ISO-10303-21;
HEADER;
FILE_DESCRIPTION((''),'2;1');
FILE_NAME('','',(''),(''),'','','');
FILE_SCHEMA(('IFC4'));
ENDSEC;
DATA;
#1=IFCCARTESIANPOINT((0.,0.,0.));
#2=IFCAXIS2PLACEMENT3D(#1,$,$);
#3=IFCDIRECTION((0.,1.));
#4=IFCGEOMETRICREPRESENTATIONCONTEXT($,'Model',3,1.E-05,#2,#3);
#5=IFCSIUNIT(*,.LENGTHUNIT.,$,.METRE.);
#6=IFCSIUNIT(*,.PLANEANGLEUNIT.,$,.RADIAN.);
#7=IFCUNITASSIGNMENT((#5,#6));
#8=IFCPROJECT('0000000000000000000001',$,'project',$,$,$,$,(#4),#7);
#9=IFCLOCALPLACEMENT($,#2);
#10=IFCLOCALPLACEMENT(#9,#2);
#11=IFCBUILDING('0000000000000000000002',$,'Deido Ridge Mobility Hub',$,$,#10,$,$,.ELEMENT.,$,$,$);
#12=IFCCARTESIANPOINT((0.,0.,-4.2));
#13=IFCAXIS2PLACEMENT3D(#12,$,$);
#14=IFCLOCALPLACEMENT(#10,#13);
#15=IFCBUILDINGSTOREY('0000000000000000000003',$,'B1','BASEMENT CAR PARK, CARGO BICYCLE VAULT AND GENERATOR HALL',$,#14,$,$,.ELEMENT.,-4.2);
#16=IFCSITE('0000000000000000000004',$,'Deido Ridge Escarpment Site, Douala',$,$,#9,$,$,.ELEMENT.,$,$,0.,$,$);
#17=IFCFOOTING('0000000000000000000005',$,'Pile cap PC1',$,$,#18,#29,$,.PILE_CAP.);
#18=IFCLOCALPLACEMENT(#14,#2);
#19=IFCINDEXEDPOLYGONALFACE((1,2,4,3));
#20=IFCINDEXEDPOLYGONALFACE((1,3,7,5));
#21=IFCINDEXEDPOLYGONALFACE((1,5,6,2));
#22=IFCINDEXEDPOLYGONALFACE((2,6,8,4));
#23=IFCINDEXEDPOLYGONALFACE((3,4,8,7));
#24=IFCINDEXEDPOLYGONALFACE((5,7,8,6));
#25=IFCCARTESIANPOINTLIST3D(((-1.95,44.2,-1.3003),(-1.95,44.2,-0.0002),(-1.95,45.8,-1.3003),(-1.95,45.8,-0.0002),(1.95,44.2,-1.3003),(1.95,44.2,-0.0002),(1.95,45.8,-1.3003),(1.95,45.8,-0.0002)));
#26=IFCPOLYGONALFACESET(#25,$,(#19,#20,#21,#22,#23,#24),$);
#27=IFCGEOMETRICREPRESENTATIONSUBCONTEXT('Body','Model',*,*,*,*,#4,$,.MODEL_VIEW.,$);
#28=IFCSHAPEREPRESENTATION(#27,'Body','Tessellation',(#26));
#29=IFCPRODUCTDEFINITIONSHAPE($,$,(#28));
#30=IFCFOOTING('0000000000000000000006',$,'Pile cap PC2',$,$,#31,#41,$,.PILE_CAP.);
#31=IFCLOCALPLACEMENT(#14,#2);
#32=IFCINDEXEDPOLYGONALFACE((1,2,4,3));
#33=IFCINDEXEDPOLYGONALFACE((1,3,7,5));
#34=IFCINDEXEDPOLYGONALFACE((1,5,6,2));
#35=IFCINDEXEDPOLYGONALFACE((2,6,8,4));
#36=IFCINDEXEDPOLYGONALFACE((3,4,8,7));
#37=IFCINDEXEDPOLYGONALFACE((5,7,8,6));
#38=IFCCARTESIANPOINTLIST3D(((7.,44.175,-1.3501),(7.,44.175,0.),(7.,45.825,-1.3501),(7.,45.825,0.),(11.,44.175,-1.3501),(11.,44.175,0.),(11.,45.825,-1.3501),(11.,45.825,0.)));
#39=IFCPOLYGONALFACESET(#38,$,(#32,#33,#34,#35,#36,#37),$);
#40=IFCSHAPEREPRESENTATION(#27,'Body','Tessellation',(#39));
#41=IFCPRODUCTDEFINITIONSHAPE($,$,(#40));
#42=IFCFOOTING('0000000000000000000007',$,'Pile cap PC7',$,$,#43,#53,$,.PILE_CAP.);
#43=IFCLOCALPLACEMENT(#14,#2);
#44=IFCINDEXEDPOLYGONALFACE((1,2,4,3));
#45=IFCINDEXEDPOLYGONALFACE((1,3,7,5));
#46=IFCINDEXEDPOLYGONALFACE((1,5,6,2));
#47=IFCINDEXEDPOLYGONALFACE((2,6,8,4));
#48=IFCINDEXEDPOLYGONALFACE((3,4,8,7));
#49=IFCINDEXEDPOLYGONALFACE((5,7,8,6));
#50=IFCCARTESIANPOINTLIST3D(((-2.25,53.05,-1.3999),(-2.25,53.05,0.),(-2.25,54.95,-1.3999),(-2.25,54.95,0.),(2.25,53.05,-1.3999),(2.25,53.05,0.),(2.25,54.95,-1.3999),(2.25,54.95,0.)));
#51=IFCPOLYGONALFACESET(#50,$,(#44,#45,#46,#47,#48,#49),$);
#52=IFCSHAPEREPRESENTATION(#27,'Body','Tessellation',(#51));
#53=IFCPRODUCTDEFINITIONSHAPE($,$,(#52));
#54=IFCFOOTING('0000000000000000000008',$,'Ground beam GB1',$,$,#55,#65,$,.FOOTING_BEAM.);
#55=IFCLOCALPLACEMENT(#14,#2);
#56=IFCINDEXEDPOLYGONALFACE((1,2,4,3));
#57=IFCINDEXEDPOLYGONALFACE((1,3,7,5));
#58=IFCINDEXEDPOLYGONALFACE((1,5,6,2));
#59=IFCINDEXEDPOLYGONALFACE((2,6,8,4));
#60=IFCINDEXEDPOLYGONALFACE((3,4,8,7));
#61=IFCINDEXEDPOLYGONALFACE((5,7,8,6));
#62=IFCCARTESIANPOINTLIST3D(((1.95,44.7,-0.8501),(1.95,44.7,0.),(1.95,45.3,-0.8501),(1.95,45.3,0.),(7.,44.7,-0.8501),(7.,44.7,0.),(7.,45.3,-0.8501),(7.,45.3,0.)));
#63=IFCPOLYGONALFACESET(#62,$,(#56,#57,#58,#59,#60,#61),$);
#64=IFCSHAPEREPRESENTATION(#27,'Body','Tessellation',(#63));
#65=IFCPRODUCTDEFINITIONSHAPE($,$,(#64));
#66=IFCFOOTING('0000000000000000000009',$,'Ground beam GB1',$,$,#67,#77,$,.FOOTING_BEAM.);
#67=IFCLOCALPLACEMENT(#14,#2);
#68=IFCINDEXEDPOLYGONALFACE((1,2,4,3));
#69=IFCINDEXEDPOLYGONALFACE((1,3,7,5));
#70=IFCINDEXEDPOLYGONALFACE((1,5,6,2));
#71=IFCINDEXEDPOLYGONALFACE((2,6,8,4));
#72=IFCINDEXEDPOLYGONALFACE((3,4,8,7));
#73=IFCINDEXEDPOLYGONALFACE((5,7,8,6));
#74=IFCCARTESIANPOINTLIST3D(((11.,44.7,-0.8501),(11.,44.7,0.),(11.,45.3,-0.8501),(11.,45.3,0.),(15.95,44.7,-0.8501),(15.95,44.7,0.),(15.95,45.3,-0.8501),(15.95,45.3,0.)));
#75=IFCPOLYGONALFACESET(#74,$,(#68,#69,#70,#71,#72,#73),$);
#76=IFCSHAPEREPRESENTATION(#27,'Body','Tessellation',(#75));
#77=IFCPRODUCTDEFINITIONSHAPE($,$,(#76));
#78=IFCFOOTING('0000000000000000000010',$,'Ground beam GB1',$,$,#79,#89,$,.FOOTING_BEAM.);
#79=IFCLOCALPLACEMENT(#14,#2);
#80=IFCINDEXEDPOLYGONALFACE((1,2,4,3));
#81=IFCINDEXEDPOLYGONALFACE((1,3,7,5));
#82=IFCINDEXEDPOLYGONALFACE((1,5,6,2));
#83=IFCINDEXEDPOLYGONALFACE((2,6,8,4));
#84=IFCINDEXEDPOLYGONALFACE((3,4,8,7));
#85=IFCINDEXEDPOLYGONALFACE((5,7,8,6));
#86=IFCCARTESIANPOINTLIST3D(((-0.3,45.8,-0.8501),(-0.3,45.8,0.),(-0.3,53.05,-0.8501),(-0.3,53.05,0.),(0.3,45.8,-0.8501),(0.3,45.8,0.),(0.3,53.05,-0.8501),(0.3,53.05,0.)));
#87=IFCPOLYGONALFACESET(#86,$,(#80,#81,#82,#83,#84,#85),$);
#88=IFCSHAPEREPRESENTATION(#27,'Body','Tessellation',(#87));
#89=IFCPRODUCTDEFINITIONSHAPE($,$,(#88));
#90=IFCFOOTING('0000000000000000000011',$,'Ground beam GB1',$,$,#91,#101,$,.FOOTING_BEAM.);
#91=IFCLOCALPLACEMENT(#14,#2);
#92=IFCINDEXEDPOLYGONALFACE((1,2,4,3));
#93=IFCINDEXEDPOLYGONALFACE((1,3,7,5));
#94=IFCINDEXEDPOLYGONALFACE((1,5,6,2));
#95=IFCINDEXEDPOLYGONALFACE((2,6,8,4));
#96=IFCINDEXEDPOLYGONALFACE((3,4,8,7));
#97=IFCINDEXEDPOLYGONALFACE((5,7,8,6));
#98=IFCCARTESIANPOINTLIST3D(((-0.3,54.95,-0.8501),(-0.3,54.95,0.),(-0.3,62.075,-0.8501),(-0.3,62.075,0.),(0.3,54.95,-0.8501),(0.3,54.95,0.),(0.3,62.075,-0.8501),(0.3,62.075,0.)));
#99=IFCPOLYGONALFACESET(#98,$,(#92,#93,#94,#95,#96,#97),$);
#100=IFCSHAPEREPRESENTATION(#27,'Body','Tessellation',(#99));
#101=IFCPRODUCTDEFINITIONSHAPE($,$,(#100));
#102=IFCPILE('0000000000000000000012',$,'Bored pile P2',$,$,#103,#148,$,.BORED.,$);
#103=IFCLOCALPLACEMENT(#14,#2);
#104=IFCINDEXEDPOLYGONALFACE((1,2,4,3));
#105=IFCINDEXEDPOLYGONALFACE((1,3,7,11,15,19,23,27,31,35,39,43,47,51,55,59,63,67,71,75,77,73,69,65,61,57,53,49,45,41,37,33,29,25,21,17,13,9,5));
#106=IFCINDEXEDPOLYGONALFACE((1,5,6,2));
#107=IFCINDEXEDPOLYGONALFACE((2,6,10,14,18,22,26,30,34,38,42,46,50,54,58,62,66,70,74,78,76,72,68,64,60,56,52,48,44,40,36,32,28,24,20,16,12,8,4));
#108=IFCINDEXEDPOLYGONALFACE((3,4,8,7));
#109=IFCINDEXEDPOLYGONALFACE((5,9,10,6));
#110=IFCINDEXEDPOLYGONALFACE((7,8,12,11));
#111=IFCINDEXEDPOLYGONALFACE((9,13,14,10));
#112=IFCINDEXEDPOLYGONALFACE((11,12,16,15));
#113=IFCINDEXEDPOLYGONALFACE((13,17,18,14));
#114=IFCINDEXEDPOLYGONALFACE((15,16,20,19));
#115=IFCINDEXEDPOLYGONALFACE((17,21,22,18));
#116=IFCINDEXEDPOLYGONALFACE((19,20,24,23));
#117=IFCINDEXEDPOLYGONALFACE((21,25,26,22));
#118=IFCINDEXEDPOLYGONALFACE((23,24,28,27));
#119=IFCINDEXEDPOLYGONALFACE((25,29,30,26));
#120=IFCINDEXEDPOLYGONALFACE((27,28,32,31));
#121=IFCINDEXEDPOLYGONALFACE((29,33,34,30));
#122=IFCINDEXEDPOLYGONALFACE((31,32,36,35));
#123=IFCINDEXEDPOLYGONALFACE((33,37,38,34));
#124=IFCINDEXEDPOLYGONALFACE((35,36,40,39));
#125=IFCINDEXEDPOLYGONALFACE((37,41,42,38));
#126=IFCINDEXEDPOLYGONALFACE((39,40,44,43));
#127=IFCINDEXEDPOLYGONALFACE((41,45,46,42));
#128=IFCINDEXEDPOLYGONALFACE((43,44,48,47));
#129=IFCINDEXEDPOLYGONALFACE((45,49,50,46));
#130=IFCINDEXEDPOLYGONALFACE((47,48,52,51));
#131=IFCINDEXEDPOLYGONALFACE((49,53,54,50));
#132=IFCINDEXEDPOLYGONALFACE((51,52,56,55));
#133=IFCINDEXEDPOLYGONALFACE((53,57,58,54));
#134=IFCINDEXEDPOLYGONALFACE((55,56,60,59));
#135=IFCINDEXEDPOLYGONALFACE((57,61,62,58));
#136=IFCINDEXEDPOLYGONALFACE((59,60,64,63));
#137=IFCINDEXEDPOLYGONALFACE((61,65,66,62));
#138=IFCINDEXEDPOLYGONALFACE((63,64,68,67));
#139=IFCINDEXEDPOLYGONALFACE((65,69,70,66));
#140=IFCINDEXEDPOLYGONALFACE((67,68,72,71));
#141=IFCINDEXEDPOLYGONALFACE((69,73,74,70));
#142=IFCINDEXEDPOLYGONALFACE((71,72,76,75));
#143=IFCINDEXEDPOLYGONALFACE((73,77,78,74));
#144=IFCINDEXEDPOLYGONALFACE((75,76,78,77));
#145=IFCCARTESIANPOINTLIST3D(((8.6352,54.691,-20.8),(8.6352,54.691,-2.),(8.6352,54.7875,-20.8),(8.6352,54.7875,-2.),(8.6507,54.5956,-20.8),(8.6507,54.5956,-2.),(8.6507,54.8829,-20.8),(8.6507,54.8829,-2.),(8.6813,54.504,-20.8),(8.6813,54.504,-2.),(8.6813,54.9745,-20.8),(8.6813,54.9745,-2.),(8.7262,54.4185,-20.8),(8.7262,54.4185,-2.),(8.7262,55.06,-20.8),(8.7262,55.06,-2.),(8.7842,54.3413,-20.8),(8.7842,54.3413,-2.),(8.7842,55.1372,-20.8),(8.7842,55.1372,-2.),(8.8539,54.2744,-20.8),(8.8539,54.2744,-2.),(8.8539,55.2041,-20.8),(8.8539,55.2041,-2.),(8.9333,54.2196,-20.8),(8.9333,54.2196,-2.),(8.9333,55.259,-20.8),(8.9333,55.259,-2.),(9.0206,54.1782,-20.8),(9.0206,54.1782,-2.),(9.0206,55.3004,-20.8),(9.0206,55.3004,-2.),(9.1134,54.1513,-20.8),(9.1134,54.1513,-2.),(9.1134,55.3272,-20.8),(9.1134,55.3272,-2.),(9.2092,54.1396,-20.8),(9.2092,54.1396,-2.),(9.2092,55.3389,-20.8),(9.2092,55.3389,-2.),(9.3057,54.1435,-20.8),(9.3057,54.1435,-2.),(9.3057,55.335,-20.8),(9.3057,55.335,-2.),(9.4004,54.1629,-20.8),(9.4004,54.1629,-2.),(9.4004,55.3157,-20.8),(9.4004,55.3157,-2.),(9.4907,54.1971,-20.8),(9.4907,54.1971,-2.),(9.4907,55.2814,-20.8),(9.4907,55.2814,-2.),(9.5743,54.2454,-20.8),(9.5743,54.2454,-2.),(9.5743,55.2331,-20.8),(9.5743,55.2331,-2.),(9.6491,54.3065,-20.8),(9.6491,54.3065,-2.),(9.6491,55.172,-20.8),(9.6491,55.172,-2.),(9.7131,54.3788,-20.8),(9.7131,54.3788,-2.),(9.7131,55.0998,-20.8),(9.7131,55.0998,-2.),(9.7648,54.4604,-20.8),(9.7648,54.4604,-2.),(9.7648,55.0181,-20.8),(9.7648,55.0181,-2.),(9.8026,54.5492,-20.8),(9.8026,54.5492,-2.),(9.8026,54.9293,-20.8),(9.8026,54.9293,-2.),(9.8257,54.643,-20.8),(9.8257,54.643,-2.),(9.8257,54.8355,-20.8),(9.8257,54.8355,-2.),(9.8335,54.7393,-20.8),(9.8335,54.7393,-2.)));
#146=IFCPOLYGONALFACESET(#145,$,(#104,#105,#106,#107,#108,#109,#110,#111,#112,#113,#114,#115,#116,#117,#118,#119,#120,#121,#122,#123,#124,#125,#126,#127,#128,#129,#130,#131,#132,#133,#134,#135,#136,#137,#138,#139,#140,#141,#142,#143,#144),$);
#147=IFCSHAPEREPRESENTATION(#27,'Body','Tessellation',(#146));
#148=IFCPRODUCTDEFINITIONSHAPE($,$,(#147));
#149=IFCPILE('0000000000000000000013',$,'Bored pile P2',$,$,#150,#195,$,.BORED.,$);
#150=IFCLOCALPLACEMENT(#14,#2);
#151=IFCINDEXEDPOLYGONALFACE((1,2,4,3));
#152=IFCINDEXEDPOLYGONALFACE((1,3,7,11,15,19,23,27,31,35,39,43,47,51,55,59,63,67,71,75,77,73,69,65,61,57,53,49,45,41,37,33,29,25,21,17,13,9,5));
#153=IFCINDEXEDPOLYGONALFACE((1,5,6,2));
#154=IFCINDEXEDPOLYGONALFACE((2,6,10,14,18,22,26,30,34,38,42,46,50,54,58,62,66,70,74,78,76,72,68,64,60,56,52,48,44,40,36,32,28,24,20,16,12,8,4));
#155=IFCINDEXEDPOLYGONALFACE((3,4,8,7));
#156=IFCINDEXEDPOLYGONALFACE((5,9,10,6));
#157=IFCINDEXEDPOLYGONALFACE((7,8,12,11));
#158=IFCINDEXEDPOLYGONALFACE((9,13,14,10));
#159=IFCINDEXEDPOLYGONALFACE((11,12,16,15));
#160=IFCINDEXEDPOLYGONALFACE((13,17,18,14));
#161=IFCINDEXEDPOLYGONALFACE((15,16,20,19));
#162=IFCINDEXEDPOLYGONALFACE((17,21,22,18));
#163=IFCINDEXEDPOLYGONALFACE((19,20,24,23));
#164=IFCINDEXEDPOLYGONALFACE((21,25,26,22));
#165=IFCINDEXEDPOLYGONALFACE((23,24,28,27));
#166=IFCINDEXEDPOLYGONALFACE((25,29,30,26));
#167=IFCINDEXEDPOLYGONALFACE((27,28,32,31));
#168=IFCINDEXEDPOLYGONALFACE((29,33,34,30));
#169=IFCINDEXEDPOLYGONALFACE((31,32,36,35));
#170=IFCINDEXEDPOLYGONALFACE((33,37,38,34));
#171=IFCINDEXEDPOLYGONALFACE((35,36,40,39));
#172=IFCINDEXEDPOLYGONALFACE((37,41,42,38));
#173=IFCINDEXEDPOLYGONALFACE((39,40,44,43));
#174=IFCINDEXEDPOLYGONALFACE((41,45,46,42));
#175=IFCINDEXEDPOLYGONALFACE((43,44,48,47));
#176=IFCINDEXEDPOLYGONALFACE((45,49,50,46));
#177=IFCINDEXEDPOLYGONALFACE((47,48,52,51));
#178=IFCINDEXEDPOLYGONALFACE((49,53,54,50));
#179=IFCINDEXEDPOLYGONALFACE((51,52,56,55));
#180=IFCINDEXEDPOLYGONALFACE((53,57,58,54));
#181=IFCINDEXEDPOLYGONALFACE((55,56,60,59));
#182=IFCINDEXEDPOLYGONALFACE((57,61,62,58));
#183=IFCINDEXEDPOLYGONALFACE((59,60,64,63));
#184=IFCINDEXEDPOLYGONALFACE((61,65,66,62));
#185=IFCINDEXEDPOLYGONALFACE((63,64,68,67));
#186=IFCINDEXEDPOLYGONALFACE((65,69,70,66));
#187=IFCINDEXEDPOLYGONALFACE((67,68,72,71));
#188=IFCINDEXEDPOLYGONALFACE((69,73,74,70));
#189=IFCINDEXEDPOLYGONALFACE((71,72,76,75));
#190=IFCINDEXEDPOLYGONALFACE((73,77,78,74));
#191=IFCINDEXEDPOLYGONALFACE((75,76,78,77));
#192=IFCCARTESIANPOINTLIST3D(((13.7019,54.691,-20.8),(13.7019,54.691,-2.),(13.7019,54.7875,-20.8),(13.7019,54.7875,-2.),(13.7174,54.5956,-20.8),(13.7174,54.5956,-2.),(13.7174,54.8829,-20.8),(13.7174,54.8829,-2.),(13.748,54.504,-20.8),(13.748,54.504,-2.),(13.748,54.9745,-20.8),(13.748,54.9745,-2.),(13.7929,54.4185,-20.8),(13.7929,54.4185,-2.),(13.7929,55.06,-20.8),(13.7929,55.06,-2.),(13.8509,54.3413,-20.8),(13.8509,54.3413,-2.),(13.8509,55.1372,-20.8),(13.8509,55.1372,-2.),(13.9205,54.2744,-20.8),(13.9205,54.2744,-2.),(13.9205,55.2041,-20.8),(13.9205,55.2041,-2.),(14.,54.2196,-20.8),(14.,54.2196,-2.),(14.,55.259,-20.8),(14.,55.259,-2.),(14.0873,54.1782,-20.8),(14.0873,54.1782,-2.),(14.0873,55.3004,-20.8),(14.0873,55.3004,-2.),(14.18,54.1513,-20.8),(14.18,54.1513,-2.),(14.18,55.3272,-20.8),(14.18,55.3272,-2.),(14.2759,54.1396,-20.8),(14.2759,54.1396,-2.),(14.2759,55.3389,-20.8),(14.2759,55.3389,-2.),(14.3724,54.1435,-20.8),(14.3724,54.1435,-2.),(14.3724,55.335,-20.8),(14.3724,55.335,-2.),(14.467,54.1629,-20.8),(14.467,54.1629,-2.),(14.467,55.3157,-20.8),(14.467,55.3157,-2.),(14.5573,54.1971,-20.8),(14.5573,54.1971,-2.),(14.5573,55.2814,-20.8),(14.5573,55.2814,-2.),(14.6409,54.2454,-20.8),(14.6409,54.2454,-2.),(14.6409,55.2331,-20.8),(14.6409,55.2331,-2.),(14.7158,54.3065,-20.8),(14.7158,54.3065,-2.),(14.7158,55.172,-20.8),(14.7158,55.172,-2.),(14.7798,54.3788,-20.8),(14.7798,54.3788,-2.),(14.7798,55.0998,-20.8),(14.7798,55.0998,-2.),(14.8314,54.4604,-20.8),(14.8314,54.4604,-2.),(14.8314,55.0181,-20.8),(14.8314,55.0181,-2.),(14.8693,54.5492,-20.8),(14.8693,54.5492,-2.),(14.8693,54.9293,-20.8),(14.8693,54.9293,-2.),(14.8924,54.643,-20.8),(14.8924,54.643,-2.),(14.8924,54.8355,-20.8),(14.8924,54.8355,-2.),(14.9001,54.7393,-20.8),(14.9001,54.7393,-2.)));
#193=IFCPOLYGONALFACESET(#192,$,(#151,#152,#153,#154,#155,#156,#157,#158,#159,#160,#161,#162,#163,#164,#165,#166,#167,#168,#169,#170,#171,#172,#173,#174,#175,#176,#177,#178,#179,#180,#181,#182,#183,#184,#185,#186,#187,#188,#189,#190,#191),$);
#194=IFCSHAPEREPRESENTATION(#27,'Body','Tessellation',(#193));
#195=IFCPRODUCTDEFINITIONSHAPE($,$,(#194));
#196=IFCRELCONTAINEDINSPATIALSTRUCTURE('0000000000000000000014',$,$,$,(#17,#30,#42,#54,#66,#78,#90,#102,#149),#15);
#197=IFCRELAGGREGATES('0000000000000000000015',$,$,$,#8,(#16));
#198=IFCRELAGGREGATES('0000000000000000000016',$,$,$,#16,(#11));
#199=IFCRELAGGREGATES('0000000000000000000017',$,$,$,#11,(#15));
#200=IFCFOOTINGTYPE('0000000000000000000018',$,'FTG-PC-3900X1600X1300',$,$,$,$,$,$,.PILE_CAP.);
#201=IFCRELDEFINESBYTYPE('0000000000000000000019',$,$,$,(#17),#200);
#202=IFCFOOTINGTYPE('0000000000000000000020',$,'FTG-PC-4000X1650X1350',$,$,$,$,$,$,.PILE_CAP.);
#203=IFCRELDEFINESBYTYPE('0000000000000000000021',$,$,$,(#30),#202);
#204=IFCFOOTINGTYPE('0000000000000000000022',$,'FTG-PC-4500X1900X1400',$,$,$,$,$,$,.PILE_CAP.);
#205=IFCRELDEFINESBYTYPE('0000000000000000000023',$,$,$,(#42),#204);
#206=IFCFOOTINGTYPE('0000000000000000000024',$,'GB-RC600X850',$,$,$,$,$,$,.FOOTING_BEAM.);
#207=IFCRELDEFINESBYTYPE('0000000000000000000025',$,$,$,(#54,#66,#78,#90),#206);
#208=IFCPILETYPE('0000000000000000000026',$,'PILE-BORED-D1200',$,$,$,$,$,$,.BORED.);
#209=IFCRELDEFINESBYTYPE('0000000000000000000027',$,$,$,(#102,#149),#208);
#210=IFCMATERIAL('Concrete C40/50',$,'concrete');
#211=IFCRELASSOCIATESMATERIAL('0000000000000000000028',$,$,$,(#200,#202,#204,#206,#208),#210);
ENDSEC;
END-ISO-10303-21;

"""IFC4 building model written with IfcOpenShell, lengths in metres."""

from ifc_helpers import new_model, si_unit, direction, frame, origin, origin_2d, place, context, subcontext, project, spatial, rectangle, circle, extrude, material, material_profile, profile_set, type_object, element, save


model = new_model("IFC4")

# Units and contexts
model_context = context("Model", 3, precision=1e-05, world=origin(), true_north=direction((0.0, 1.0)))
body_context = subcontext(model_context, "Body", "Model", "MODEL_VIEW")
ifc_project = project(units=[si_unit("LENGTHUNIT", "METRE"), si_unit("PLANEANGLEUNIT", "RADIAN")], contexts=[model_context])

# Site, building, storey
site_placement = place(None, origin())
site = spatial("IfcSite", under=ifc_project, at=site_placement, Name="Deido Ridge Escarpment Site, Douala", CompositionType="ELEMENT", RefElevation=0.0)
building_placement = place(site_placement, origin())
building = spatial("IfcBuilding", under=site, at=building_placement, Name="Deido Ridge Mobility Hub", CompositionType="ELEMENT")
storey_placement = place(building_placement, frame((0.0, 0.0, -4.2)))
storey = spatial("IfcBuildingStorey", under=building, at=storey_placement, Name="B1", Description="BASEMENT CAR PARK, CARGO BICYCLE VAULT AND GENERATOR HALL", CompositionType="ELEMENT", Elevation=-4.2)

# Footings
ifc_material_1 = material(Name="Concrete C40/50", Category="concrete")
footing_type_1 = type_object("IfcFootingType", Name="FTG-PC-3900X1600X1300", PredefinedType="PILE_CAP", material=ifc_material_1)
footing_1_placement = place(storey_placement, frame((0.0, 45.0, -1.3003), z_axis=(0.0, 0.0, 1.0), x_axis=(1.0, 0.0, 0.0)))
element("IfcFooting", 1, at=footing_1_placement, inside=storey, type_object=footing_type_1, Name="Pile cap PC1", PredefinedType="PILE_CAP", context=body_context, shape_type="SweptSolid", body=[
    extrude(rectangle(XDim=3.8999, YDim=1.6001, at=origin_2d()), origin(), (0.0, 0.0, 1.0), 1.3),
])
footing_type_2 = type_object("IfcFootingType", Name="FTG-PC-4000X1650X1350", PredefinedType="PILE_CAP", material=ifc_material_1)
footing_2_placement = place(storey_placement, frame((9.0, 45.0, -1.3501), z_axis=(0.0, 0.0, 1.0), x_axis=(1.0, 0.0, 0.0)))
element("IfcFooting", 2, at=footing_2_placement, inside=storey, type_object=footing_type_2, Name="Pile cap PC2", PredefinedType="PILE_CAP", context=body_context, shape_type="SweptSolid", body=[
    extrude(rectangle(XDim=4.0, YDim=1.6499, at=origin_2d()), origin(), (0.0, 0.0, 1.0), 1.3501),
])
footing_type_3 = type_object("IfcFootingType", Name="FTG-PC-4500X1900X1400", PredefinedType="PILE_CAP", material=ifc_material_1)
footing_3_placement = place(storey_placement, frame((0.0, 54.0, -1.3999), z_axis=(0.0, 0.0, 1.0), x_axis=(1.0, 0.0, 0.0)))
element("IfcFooting", 3, at=footing_3_placement, inside=storey, type_object=footing_type_3, Name="Pile cap PC7", PredefinedType="PILE_CAP", context=body_context, shape_type="SweptSolid", body=[
    extrude(rectangle(XDim=4.5, YDim=1.8999, at=origin_2d()), origin(), (0.0, 0.0, 1.0), 1.3999),
])
ifc_material_profile_1 = material_profile(ifc_material_1, rectangle(XDim=0.6001, YDim=0.8501, at=origin_2d()), Name="RC GB 600x850")
ifc_profile_set_1 = profile_set([ifc_material_profile_1], Name="Concrete C40/50")
footing_type_4 = type_object("IfcFootingType", Name="GB-RC600X850", PredefinedType="FOOTING_BEAM", material=ifc_profile_set_1)
footing_4_placement = place(storey_placement, frame((1.95, 45.0, -0.425), z_axis=(1.0, 0.0, 0.0), x_axis=(0.0, 1.0, 0.0)))
element("IfcFooting", 4, at=footing_4_placement, inside=storey, type_object=footing_type_4, Name="Ground beam GB1", PredefinedType="FOOTING_BEAM", context=body_context, shape_type="SweptSolid", body=[
    extrude(rectangle(XDim=0.6001, YDim=0.8501, at=origin_2d()), origin(), (0.0, 0.0, 1.0), 5.05),
])
footing_5_placement = place(storey_placement, frame((11.0, 45.0, -0.425), z_axis=(1.0, 0.0, 0.0), x_axis=(0.0, 1.0, 0.0)))
element("IfcFooting", 5, at=footing_5_placement, inside=storey, type_object=footing_type_4, Name="Ground beam GB1", PredefinedType="FOOTING_BEAM", context=body_context, shape_type="SweptSolid", body=[
    extrude(rectangle(XDim=0.6001, YDim=0.8501, at=origin_2d()), origin(), (0.0, 0.0, 1.0), 4.95),
])
footing_6_placement = place(storey_placement, frame((0.0, 45.8, -0.425), z_axis=(0.0, 1.0, 0.0), x_axis=(-1.0, 0.0, 0.0)))
element("IfcFooting", 6, at=footing_6_placement, inside=storey, type_object=footing_type_4, Name="Ground beam GB1", PredefinedType="FOOTING_BEAM", context=body_context, shape_type="SweptSolid", body=[
    extrude(rectangle(XDim=0.6001, YDim=0.8501, at=origin_2d()), origin(), (0.0, 0.0, 1.0), 7.25),
])
footing_7_placement = place(storey_placement, frame((0.0, 54.95, -0.425), z_axis=(0.0, 1.0, 0.0), x_axis=(-1.0, 0.0, 0.0)))
element("IfcFooting", 7, at=footing_7_placement, inside=storey, type_object=footing_type_4, Name="Ground beam GB1", PredefinedType="FOOTING_BEAM", context=body_context, shape_type="SweptSolid", body=[
    extrude(rectangle(XDim=0.6001, YDim=0.8501, at=origin_2d()), origin(), (0.0, 0.0, 1.0), 7.125),
])

# Piles
ifc_material_profile_2 = material_profile(ifc_material_1, circle(Radius=0.6001, at=origin_2d()), Name="BORED PILE D1200")
ifc_profile_set_2 = profile_set([ifc_material_profile_2], Name="Concrete C40/50")
pile_type_1 = type_object("IfcPileType", Name="PILE-BORED-D1200", PredefinedType="BORED", material=ifc_profile_set_2)
for number, where, z_axis, x_axis, name in (
    (8, (9.2334, 54.7393, -2.0), (0.0, 0.0, -1.0), (1.0, 0.0, 0.0), "Bored pile P2"),
    (9, (14.3, 54.7393, -2.0), (0.0, 0.0, -1.0), (1.0, 0.0, 0.0), "Bored pile P2"),
):
    element("IfcPile", number, at=place(storey_placement, frame(where, z_axis=z_axis, x_axis=x_axis)), inside=storey, type_object=pile_type_1, Name=name, PredefinedType="BORED", context=body_context, shape_type="SweptSolid", body=[
        extrude(circle(Radius=0.6001, at=origin_2d()), origin(), (0.0, 0.0, 1.0), 18.8),
    ])

save(model, "model.ifc")
